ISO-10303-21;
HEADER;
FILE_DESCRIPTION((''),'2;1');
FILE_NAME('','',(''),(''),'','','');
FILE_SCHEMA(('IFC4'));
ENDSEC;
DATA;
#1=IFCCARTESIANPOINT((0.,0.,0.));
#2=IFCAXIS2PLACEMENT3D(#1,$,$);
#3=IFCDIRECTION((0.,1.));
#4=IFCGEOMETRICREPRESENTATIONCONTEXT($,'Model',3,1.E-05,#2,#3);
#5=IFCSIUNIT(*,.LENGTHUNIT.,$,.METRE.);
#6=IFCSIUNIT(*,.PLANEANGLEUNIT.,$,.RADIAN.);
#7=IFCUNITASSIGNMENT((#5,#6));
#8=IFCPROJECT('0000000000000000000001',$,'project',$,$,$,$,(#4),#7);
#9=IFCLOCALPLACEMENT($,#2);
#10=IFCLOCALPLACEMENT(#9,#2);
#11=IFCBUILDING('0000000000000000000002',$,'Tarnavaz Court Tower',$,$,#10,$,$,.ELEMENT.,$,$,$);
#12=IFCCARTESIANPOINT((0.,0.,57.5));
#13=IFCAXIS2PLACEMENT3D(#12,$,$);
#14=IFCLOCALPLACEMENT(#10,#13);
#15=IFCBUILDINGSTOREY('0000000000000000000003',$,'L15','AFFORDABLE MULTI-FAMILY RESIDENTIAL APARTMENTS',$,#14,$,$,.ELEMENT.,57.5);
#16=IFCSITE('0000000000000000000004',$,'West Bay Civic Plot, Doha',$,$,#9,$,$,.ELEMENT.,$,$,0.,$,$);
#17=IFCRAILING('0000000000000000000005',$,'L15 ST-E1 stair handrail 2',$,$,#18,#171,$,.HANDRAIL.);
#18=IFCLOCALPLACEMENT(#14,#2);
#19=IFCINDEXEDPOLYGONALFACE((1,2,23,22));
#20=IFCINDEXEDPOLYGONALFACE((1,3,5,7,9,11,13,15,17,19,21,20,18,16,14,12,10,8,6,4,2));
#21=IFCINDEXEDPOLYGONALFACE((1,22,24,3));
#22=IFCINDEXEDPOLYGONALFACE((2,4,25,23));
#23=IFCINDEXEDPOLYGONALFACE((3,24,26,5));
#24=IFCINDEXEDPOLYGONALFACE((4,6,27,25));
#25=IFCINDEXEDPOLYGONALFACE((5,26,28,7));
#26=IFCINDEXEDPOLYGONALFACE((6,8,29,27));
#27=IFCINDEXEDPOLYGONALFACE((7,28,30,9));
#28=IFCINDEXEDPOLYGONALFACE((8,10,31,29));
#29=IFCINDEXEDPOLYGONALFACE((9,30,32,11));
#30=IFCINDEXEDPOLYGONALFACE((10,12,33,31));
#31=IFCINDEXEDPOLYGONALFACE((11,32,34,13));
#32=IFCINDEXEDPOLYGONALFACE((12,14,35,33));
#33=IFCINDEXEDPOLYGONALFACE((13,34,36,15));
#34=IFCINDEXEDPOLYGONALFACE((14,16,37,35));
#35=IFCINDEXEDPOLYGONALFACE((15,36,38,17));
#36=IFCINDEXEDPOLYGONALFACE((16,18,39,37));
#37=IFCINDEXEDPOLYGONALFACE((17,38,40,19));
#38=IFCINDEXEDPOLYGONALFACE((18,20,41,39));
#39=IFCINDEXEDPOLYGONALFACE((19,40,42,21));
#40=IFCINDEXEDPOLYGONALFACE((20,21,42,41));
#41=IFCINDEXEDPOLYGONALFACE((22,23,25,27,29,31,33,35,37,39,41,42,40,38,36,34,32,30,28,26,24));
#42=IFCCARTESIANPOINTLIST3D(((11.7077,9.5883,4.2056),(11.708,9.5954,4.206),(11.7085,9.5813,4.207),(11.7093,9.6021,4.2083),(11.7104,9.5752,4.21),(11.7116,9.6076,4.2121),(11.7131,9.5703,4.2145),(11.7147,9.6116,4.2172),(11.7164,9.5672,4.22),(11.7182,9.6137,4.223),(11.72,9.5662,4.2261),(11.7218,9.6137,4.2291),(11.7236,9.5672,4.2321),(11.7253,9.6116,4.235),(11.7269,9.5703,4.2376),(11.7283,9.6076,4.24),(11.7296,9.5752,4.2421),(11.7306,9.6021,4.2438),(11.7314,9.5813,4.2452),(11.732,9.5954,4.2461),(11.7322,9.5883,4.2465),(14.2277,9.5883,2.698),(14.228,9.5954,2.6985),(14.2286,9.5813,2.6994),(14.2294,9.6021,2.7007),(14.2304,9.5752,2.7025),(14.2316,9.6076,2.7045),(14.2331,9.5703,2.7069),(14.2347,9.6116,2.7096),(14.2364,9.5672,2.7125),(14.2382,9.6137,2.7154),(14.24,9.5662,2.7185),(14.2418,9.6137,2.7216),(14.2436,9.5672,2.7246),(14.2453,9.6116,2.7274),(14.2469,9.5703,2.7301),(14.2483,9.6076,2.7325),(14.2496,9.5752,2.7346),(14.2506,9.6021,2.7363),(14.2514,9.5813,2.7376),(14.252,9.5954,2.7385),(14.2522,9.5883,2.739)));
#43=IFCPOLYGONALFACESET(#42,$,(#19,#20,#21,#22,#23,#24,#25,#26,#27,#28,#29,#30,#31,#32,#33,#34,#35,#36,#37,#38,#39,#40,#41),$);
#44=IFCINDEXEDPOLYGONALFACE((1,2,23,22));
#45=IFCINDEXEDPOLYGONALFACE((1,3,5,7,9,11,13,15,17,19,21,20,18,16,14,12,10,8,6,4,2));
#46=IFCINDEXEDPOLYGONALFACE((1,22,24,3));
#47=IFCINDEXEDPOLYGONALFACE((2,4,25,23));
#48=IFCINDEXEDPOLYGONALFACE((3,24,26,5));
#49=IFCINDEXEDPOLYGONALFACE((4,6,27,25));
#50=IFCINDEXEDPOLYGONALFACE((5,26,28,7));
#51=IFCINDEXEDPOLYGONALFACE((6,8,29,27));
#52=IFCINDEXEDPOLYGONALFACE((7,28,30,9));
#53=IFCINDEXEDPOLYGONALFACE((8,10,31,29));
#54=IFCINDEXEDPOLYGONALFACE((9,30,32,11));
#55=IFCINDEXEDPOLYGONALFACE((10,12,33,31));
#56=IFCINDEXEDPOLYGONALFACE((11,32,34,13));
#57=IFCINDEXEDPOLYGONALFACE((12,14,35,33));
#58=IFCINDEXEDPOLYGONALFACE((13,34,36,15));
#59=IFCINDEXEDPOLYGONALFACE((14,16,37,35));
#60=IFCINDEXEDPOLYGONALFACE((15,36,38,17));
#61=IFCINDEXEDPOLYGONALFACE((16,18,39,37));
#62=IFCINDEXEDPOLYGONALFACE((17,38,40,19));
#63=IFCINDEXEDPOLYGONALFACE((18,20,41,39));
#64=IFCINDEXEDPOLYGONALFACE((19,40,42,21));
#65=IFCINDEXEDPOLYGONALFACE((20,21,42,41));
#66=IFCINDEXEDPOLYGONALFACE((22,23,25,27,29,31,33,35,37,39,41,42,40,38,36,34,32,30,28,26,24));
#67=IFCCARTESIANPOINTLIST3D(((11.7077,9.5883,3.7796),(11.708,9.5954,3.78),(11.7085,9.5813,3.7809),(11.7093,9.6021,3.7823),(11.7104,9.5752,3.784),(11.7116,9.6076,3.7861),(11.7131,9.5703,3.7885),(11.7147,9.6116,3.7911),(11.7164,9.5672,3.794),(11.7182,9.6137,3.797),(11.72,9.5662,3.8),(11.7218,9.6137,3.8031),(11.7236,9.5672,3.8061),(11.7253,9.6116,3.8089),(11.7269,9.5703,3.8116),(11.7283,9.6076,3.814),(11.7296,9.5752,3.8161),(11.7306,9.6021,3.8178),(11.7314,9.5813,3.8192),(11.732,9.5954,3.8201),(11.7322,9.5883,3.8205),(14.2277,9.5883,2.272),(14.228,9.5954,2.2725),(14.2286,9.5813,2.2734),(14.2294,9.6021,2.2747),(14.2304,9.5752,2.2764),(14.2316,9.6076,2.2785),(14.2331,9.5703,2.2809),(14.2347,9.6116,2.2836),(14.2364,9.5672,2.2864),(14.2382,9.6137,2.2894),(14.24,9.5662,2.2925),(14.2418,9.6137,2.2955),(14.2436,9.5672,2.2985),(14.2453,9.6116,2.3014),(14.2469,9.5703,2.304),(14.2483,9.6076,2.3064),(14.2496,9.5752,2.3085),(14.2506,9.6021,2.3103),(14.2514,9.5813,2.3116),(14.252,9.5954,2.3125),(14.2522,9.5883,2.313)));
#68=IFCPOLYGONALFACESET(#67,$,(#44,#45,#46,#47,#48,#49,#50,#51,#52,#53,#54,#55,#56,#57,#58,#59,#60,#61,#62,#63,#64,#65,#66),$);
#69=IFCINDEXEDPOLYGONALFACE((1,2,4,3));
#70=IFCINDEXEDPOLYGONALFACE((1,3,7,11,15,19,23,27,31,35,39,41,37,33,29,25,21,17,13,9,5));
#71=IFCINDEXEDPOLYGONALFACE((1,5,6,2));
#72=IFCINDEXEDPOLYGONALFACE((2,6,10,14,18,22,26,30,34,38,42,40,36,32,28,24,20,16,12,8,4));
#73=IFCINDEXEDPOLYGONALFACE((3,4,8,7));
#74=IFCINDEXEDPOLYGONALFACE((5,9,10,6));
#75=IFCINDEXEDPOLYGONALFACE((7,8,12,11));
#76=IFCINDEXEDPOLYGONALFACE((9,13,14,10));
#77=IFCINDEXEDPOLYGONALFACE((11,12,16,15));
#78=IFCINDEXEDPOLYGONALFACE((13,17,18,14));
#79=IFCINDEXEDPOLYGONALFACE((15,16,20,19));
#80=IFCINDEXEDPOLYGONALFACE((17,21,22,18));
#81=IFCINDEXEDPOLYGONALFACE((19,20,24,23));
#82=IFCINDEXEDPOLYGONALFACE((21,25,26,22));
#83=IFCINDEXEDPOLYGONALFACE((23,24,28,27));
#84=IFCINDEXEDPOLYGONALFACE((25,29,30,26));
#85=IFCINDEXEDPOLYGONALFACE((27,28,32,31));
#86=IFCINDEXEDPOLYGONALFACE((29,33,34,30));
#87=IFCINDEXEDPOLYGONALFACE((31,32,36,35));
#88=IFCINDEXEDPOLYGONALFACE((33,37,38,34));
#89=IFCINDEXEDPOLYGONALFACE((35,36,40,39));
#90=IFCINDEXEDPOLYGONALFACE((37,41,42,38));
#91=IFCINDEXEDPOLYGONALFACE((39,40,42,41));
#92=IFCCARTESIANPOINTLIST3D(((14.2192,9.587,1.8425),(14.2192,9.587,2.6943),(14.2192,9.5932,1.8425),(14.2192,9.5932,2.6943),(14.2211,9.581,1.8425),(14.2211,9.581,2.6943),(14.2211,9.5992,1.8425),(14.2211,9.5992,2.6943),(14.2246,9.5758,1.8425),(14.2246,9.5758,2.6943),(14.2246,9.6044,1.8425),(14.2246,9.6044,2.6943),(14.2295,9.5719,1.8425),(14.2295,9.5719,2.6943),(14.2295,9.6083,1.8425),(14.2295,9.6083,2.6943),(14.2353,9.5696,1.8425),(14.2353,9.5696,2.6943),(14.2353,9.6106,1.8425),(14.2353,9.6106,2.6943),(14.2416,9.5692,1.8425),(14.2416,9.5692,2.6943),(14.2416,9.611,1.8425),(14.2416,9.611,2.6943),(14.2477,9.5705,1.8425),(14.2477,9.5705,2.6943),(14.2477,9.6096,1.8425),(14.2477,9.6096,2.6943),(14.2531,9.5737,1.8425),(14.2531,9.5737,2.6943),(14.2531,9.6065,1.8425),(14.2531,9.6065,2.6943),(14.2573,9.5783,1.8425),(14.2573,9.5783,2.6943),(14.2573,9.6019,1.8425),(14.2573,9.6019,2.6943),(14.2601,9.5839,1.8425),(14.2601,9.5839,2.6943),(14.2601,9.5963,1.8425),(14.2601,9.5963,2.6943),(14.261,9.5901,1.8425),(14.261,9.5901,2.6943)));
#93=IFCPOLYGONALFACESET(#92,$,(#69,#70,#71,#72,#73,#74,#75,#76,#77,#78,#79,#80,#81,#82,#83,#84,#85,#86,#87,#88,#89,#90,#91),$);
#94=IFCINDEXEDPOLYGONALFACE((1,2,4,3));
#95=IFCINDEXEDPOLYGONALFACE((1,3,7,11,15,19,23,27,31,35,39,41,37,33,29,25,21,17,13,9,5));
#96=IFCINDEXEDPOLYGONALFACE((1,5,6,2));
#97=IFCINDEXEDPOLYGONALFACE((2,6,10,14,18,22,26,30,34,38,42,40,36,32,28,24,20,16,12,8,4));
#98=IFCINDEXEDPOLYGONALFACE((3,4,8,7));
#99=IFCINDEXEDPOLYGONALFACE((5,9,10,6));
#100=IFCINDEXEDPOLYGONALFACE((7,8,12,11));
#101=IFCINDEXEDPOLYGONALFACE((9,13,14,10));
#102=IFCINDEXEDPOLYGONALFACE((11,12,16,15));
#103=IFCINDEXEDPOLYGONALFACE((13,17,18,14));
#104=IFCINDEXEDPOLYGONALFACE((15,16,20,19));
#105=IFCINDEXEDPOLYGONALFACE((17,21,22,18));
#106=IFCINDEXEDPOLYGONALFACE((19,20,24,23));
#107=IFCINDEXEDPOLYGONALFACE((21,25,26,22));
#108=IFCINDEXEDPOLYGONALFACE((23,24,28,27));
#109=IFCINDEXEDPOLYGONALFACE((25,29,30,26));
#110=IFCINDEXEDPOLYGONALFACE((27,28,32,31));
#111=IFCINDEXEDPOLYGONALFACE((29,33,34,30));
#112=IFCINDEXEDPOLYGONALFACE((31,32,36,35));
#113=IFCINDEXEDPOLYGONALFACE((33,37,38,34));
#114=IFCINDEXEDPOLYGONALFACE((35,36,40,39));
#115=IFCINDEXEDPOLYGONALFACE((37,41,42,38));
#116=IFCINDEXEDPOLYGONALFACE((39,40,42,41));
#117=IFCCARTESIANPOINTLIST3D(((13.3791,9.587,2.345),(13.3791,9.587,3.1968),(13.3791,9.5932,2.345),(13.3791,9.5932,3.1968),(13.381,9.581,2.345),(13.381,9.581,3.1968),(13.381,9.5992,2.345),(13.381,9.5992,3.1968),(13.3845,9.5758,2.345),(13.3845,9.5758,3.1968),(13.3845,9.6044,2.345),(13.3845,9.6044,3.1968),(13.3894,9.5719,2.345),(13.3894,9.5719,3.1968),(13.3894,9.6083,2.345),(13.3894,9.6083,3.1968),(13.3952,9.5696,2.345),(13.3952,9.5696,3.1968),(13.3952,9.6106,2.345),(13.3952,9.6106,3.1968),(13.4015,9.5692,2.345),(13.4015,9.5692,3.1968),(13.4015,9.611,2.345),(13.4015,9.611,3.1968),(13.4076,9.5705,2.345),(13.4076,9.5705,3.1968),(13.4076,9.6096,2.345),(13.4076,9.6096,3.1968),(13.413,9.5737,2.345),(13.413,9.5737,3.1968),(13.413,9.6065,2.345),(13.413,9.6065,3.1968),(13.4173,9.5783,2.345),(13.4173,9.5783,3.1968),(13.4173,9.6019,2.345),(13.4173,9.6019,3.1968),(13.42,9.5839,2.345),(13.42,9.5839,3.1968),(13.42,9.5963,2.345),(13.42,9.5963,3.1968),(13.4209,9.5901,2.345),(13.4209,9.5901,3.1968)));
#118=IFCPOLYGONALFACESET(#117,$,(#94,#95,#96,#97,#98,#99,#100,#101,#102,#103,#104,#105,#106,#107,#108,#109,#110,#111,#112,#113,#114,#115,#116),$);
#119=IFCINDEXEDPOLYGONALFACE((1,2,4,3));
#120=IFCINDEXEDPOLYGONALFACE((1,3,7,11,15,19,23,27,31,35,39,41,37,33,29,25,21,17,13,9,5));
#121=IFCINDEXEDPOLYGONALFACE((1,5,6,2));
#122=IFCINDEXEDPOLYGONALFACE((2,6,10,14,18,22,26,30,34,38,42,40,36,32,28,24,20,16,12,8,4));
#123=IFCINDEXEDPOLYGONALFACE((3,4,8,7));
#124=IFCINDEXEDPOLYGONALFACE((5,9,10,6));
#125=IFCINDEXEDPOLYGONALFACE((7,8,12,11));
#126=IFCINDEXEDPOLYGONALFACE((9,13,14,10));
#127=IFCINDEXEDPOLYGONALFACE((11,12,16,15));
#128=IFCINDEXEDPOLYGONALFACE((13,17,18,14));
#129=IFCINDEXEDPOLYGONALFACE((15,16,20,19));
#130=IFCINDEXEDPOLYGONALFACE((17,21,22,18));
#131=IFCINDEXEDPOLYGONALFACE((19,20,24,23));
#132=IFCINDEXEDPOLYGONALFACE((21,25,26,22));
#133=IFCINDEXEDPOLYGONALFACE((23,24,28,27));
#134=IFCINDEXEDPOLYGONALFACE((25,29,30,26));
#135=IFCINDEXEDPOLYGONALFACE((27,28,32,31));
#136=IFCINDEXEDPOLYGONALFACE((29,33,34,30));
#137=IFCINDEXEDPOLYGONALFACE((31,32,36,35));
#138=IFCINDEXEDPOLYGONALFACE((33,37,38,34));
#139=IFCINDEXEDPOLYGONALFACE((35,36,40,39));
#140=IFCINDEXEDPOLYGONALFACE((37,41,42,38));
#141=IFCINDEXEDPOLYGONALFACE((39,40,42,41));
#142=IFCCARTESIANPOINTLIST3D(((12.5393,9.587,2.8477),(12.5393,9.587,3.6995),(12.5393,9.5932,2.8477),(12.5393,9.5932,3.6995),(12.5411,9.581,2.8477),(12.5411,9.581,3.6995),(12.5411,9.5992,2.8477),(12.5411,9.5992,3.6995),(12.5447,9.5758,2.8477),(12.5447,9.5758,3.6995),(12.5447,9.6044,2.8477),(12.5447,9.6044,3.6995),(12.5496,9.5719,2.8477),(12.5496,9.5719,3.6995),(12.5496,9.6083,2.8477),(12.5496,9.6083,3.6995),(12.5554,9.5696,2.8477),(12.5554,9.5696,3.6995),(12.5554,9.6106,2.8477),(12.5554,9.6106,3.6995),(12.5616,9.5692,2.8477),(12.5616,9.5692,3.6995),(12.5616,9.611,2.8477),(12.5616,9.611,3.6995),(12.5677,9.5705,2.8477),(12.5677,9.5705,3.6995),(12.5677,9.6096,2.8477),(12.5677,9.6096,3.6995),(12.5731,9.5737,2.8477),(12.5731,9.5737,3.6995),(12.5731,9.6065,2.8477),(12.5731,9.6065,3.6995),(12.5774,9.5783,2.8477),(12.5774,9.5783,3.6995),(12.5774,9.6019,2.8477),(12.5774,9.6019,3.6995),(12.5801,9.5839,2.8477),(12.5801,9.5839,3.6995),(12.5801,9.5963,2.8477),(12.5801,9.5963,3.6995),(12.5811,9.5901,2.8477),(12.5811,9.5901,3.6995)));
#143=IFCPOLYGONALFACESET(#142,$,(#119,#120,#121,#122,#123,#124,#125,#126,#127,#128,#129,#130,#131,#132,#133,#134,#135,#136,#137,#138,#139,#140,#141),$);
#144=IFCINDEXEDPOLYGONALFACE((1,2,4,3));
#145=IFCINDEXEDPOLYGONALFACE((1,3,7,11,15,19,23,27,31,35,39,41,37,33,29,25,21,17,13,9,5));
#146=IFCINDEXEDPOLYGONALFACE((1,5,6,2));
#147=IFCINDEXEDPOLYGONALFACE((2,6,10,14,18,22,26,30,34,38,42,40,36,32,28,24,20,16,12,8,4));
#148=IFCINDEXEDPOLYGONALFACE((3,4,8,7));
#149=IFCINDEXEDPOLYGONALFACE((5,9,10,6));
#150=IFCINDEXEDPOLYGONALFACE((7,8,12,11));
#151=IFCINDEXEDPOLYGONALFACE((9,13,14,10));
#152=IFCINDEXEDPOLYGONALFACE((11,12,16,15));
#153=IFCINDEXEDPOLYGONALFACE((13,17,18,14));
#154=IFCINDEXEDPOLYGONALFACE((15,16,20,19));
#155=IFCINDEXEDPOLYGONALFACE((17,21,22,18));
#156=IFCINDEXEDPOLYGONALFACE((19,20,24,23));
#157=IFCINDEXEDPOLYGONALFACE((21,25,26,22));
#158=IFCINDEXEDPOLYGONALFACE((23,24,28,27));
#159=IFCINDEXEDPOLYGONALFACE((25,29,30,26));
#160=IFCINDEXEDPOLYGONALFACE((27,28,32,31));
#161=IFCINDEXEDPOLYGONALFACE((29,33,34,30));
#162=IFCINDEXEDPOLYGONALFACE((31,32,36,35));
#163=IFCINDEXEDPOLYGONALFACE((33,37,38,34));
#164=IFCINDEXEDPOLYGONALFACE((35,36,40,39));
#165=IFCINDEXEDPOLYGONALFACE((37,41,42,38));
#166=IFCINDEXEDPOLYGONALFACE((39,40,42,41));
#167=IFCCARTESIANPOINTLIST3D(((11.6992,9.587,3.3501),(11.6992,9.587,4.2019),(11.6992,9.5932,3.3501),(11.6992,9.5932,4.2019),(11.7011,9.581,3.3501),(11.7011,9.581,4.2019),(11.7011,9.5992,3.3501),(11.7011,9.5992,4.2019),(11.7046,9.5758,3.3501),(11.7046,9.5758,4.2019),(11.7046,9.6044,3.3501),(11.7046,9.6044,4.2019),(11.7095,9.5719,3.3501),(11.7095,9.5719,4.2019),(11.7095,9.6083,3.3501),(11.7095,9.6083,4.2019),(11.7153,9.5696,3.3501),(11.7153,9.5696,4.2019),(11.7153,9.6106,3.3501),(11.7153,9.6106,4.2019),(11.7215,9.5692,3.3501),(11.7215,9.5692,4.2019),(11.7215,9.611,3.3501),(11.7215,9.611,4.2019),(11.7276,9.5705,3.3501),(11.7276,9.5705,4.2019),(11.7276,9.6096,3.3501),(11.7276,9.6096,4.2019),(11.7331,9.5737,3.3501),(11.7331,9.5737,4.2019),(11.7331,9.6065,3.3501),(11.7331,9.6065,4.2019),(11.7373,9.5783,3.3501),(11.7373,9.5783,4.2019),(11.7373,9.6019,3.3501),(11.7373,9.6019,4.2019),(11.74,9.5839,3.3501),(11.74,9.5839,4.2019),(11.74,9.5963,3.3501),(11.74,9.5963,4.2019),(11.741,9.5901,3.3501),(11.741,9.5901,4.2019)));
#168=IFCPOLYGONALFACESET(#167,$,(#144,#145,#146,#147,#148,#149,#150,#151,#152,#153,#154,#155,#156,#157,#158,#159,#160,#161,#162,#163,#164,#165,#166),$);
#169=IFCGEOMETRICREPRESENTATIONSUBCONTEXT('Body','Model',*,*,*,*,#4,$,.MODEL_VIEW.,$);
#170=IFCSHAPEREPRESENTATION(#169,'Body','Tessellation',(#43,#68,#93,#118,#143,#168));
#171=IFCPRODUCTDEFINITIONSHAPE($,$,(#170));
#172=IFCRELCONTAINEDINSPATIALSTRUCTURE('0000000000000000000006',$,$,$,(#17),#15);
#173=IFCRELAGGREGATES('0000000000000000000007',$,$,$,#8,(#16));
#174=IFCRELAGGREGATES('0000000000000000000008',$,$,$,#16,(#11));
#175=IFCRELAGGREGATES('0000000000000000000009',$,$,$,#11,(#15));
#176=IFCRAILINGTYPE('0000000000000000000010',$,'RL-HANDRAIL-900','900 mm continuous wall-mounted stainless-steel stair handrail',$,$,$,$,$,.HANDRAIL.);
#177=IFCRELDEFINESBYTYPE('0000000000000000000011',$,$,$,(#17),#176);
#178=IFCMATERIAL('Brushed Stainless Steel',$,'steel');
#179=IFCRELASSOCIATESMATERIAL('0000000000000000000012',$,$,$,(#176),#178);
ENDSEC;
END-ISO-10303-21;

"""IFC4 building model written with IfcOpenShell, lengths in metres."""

from ifc_helpers import new_model, si_unit, direction, frame, origin, origin_2d, place, context, subcontext, project, spatial, circle, extrude, material, type_object, element, save


model = new_model("IFC4")

# Units and contexts
model_context = context("Model", 3, precision=1e-05, world=origin(), true_north=direction((0.0, 1.0)))
body_context = subcontext(model_context, "Body", "Model", "MODEL_VIEW")
ifc_project = project(units=[si_unit("LENGTHUNIT", "METRE"), si_unit("PLANEANGLEUNIT", "RADIAN")], contexts=[model_context])

# Site, building, storey
site_placement = place(None, origin())
site = spatial("IfcSite", under=ifc_project, at=site_placement, Name="West Bay Civic Plot, Doha", CompositionType="ELEMENT", RefElevation=0.0)
building_placement = place(site_placement, origin())
building = spatial("IfcBuilding", under=site, at=building_placement, Name="Tarnavaz Court Tower", CompositionType="ELEMENT")
storey_placement = place(building_placement, frame((0.0, 0.0, 57.5)))
storey = spatial("IfcBuildingStorey", under=building, at=storey_placement, Name="L15", Description="AFFORDABLE MULTI-FAMILY RESIDENTIAL APARTMENTS", CompositionType="ELEMENT", Elevation=57.5)

# Railing
ifc_material_1 = material(Name="Brushed Stainless Steel", Category="steel")
railing_type_1 = type_object("IfcRailingType", Name="RL-HANDRAIL-900", Description="900 mm continuous wall-mounted stainless-steel stair handrail", PredefinedType="HANDRAIL", material=ifc_material_1)
railing_1_placement = place(storey_placement, frame((14.24, 9.5901, 1.8425)))
element("IfcRailing", 1, at=railing_1_placement, inside=storey, type_object=railing_type_1, Name="L15 ST-E1 stair handrail 2", PredefinedType="HANDRAIL", context=body_context, shape_type="SweptSolid", body=[
    extrude(circle(Radius=0.0239, at=origin_2d()), frame((0.0, 0.0, 0.876), z_axis=(-0.85816, 0.0, 0.513383), x_axis=(0.0, -1.0, 0.0)), (0.0, 0.0, 1.0), 2.9365),
    extrude(circle(Radius=0.0239, at=origin_2d()), frame((0.0, 0.0, 0.45), z_axis=(-0.85816, 0.0, 0.513383), x_axis=(0.0, -1.0, 0.0)), (0.0, 0.0, 1.0), 2.9365),
    extrude(circle(Radius=0.021, at=origin_2d()), origin(), (0.0, 0.0, 1.0), 0.8518),
    extrude(circle(Radius=0.021, at=origin_2d()), frame((-0.8401, 0.0, 0.5024)), (0.0, 0.0, 1.0), 0.8518),
    extrude(circle(Radius=0.021, at=origin_2d()), frame((-1.6799, 0.0, 1.0051)), (0.0, 0.0, 1.0), 0.8518),
    extrude(circle(Radius=0.021, at=origin_2d()), frame((-2.52, 0.0, 1.5076)), (0.0, 0.0, 1.0), 0.8518),
])

save(model, "model.ifc")
